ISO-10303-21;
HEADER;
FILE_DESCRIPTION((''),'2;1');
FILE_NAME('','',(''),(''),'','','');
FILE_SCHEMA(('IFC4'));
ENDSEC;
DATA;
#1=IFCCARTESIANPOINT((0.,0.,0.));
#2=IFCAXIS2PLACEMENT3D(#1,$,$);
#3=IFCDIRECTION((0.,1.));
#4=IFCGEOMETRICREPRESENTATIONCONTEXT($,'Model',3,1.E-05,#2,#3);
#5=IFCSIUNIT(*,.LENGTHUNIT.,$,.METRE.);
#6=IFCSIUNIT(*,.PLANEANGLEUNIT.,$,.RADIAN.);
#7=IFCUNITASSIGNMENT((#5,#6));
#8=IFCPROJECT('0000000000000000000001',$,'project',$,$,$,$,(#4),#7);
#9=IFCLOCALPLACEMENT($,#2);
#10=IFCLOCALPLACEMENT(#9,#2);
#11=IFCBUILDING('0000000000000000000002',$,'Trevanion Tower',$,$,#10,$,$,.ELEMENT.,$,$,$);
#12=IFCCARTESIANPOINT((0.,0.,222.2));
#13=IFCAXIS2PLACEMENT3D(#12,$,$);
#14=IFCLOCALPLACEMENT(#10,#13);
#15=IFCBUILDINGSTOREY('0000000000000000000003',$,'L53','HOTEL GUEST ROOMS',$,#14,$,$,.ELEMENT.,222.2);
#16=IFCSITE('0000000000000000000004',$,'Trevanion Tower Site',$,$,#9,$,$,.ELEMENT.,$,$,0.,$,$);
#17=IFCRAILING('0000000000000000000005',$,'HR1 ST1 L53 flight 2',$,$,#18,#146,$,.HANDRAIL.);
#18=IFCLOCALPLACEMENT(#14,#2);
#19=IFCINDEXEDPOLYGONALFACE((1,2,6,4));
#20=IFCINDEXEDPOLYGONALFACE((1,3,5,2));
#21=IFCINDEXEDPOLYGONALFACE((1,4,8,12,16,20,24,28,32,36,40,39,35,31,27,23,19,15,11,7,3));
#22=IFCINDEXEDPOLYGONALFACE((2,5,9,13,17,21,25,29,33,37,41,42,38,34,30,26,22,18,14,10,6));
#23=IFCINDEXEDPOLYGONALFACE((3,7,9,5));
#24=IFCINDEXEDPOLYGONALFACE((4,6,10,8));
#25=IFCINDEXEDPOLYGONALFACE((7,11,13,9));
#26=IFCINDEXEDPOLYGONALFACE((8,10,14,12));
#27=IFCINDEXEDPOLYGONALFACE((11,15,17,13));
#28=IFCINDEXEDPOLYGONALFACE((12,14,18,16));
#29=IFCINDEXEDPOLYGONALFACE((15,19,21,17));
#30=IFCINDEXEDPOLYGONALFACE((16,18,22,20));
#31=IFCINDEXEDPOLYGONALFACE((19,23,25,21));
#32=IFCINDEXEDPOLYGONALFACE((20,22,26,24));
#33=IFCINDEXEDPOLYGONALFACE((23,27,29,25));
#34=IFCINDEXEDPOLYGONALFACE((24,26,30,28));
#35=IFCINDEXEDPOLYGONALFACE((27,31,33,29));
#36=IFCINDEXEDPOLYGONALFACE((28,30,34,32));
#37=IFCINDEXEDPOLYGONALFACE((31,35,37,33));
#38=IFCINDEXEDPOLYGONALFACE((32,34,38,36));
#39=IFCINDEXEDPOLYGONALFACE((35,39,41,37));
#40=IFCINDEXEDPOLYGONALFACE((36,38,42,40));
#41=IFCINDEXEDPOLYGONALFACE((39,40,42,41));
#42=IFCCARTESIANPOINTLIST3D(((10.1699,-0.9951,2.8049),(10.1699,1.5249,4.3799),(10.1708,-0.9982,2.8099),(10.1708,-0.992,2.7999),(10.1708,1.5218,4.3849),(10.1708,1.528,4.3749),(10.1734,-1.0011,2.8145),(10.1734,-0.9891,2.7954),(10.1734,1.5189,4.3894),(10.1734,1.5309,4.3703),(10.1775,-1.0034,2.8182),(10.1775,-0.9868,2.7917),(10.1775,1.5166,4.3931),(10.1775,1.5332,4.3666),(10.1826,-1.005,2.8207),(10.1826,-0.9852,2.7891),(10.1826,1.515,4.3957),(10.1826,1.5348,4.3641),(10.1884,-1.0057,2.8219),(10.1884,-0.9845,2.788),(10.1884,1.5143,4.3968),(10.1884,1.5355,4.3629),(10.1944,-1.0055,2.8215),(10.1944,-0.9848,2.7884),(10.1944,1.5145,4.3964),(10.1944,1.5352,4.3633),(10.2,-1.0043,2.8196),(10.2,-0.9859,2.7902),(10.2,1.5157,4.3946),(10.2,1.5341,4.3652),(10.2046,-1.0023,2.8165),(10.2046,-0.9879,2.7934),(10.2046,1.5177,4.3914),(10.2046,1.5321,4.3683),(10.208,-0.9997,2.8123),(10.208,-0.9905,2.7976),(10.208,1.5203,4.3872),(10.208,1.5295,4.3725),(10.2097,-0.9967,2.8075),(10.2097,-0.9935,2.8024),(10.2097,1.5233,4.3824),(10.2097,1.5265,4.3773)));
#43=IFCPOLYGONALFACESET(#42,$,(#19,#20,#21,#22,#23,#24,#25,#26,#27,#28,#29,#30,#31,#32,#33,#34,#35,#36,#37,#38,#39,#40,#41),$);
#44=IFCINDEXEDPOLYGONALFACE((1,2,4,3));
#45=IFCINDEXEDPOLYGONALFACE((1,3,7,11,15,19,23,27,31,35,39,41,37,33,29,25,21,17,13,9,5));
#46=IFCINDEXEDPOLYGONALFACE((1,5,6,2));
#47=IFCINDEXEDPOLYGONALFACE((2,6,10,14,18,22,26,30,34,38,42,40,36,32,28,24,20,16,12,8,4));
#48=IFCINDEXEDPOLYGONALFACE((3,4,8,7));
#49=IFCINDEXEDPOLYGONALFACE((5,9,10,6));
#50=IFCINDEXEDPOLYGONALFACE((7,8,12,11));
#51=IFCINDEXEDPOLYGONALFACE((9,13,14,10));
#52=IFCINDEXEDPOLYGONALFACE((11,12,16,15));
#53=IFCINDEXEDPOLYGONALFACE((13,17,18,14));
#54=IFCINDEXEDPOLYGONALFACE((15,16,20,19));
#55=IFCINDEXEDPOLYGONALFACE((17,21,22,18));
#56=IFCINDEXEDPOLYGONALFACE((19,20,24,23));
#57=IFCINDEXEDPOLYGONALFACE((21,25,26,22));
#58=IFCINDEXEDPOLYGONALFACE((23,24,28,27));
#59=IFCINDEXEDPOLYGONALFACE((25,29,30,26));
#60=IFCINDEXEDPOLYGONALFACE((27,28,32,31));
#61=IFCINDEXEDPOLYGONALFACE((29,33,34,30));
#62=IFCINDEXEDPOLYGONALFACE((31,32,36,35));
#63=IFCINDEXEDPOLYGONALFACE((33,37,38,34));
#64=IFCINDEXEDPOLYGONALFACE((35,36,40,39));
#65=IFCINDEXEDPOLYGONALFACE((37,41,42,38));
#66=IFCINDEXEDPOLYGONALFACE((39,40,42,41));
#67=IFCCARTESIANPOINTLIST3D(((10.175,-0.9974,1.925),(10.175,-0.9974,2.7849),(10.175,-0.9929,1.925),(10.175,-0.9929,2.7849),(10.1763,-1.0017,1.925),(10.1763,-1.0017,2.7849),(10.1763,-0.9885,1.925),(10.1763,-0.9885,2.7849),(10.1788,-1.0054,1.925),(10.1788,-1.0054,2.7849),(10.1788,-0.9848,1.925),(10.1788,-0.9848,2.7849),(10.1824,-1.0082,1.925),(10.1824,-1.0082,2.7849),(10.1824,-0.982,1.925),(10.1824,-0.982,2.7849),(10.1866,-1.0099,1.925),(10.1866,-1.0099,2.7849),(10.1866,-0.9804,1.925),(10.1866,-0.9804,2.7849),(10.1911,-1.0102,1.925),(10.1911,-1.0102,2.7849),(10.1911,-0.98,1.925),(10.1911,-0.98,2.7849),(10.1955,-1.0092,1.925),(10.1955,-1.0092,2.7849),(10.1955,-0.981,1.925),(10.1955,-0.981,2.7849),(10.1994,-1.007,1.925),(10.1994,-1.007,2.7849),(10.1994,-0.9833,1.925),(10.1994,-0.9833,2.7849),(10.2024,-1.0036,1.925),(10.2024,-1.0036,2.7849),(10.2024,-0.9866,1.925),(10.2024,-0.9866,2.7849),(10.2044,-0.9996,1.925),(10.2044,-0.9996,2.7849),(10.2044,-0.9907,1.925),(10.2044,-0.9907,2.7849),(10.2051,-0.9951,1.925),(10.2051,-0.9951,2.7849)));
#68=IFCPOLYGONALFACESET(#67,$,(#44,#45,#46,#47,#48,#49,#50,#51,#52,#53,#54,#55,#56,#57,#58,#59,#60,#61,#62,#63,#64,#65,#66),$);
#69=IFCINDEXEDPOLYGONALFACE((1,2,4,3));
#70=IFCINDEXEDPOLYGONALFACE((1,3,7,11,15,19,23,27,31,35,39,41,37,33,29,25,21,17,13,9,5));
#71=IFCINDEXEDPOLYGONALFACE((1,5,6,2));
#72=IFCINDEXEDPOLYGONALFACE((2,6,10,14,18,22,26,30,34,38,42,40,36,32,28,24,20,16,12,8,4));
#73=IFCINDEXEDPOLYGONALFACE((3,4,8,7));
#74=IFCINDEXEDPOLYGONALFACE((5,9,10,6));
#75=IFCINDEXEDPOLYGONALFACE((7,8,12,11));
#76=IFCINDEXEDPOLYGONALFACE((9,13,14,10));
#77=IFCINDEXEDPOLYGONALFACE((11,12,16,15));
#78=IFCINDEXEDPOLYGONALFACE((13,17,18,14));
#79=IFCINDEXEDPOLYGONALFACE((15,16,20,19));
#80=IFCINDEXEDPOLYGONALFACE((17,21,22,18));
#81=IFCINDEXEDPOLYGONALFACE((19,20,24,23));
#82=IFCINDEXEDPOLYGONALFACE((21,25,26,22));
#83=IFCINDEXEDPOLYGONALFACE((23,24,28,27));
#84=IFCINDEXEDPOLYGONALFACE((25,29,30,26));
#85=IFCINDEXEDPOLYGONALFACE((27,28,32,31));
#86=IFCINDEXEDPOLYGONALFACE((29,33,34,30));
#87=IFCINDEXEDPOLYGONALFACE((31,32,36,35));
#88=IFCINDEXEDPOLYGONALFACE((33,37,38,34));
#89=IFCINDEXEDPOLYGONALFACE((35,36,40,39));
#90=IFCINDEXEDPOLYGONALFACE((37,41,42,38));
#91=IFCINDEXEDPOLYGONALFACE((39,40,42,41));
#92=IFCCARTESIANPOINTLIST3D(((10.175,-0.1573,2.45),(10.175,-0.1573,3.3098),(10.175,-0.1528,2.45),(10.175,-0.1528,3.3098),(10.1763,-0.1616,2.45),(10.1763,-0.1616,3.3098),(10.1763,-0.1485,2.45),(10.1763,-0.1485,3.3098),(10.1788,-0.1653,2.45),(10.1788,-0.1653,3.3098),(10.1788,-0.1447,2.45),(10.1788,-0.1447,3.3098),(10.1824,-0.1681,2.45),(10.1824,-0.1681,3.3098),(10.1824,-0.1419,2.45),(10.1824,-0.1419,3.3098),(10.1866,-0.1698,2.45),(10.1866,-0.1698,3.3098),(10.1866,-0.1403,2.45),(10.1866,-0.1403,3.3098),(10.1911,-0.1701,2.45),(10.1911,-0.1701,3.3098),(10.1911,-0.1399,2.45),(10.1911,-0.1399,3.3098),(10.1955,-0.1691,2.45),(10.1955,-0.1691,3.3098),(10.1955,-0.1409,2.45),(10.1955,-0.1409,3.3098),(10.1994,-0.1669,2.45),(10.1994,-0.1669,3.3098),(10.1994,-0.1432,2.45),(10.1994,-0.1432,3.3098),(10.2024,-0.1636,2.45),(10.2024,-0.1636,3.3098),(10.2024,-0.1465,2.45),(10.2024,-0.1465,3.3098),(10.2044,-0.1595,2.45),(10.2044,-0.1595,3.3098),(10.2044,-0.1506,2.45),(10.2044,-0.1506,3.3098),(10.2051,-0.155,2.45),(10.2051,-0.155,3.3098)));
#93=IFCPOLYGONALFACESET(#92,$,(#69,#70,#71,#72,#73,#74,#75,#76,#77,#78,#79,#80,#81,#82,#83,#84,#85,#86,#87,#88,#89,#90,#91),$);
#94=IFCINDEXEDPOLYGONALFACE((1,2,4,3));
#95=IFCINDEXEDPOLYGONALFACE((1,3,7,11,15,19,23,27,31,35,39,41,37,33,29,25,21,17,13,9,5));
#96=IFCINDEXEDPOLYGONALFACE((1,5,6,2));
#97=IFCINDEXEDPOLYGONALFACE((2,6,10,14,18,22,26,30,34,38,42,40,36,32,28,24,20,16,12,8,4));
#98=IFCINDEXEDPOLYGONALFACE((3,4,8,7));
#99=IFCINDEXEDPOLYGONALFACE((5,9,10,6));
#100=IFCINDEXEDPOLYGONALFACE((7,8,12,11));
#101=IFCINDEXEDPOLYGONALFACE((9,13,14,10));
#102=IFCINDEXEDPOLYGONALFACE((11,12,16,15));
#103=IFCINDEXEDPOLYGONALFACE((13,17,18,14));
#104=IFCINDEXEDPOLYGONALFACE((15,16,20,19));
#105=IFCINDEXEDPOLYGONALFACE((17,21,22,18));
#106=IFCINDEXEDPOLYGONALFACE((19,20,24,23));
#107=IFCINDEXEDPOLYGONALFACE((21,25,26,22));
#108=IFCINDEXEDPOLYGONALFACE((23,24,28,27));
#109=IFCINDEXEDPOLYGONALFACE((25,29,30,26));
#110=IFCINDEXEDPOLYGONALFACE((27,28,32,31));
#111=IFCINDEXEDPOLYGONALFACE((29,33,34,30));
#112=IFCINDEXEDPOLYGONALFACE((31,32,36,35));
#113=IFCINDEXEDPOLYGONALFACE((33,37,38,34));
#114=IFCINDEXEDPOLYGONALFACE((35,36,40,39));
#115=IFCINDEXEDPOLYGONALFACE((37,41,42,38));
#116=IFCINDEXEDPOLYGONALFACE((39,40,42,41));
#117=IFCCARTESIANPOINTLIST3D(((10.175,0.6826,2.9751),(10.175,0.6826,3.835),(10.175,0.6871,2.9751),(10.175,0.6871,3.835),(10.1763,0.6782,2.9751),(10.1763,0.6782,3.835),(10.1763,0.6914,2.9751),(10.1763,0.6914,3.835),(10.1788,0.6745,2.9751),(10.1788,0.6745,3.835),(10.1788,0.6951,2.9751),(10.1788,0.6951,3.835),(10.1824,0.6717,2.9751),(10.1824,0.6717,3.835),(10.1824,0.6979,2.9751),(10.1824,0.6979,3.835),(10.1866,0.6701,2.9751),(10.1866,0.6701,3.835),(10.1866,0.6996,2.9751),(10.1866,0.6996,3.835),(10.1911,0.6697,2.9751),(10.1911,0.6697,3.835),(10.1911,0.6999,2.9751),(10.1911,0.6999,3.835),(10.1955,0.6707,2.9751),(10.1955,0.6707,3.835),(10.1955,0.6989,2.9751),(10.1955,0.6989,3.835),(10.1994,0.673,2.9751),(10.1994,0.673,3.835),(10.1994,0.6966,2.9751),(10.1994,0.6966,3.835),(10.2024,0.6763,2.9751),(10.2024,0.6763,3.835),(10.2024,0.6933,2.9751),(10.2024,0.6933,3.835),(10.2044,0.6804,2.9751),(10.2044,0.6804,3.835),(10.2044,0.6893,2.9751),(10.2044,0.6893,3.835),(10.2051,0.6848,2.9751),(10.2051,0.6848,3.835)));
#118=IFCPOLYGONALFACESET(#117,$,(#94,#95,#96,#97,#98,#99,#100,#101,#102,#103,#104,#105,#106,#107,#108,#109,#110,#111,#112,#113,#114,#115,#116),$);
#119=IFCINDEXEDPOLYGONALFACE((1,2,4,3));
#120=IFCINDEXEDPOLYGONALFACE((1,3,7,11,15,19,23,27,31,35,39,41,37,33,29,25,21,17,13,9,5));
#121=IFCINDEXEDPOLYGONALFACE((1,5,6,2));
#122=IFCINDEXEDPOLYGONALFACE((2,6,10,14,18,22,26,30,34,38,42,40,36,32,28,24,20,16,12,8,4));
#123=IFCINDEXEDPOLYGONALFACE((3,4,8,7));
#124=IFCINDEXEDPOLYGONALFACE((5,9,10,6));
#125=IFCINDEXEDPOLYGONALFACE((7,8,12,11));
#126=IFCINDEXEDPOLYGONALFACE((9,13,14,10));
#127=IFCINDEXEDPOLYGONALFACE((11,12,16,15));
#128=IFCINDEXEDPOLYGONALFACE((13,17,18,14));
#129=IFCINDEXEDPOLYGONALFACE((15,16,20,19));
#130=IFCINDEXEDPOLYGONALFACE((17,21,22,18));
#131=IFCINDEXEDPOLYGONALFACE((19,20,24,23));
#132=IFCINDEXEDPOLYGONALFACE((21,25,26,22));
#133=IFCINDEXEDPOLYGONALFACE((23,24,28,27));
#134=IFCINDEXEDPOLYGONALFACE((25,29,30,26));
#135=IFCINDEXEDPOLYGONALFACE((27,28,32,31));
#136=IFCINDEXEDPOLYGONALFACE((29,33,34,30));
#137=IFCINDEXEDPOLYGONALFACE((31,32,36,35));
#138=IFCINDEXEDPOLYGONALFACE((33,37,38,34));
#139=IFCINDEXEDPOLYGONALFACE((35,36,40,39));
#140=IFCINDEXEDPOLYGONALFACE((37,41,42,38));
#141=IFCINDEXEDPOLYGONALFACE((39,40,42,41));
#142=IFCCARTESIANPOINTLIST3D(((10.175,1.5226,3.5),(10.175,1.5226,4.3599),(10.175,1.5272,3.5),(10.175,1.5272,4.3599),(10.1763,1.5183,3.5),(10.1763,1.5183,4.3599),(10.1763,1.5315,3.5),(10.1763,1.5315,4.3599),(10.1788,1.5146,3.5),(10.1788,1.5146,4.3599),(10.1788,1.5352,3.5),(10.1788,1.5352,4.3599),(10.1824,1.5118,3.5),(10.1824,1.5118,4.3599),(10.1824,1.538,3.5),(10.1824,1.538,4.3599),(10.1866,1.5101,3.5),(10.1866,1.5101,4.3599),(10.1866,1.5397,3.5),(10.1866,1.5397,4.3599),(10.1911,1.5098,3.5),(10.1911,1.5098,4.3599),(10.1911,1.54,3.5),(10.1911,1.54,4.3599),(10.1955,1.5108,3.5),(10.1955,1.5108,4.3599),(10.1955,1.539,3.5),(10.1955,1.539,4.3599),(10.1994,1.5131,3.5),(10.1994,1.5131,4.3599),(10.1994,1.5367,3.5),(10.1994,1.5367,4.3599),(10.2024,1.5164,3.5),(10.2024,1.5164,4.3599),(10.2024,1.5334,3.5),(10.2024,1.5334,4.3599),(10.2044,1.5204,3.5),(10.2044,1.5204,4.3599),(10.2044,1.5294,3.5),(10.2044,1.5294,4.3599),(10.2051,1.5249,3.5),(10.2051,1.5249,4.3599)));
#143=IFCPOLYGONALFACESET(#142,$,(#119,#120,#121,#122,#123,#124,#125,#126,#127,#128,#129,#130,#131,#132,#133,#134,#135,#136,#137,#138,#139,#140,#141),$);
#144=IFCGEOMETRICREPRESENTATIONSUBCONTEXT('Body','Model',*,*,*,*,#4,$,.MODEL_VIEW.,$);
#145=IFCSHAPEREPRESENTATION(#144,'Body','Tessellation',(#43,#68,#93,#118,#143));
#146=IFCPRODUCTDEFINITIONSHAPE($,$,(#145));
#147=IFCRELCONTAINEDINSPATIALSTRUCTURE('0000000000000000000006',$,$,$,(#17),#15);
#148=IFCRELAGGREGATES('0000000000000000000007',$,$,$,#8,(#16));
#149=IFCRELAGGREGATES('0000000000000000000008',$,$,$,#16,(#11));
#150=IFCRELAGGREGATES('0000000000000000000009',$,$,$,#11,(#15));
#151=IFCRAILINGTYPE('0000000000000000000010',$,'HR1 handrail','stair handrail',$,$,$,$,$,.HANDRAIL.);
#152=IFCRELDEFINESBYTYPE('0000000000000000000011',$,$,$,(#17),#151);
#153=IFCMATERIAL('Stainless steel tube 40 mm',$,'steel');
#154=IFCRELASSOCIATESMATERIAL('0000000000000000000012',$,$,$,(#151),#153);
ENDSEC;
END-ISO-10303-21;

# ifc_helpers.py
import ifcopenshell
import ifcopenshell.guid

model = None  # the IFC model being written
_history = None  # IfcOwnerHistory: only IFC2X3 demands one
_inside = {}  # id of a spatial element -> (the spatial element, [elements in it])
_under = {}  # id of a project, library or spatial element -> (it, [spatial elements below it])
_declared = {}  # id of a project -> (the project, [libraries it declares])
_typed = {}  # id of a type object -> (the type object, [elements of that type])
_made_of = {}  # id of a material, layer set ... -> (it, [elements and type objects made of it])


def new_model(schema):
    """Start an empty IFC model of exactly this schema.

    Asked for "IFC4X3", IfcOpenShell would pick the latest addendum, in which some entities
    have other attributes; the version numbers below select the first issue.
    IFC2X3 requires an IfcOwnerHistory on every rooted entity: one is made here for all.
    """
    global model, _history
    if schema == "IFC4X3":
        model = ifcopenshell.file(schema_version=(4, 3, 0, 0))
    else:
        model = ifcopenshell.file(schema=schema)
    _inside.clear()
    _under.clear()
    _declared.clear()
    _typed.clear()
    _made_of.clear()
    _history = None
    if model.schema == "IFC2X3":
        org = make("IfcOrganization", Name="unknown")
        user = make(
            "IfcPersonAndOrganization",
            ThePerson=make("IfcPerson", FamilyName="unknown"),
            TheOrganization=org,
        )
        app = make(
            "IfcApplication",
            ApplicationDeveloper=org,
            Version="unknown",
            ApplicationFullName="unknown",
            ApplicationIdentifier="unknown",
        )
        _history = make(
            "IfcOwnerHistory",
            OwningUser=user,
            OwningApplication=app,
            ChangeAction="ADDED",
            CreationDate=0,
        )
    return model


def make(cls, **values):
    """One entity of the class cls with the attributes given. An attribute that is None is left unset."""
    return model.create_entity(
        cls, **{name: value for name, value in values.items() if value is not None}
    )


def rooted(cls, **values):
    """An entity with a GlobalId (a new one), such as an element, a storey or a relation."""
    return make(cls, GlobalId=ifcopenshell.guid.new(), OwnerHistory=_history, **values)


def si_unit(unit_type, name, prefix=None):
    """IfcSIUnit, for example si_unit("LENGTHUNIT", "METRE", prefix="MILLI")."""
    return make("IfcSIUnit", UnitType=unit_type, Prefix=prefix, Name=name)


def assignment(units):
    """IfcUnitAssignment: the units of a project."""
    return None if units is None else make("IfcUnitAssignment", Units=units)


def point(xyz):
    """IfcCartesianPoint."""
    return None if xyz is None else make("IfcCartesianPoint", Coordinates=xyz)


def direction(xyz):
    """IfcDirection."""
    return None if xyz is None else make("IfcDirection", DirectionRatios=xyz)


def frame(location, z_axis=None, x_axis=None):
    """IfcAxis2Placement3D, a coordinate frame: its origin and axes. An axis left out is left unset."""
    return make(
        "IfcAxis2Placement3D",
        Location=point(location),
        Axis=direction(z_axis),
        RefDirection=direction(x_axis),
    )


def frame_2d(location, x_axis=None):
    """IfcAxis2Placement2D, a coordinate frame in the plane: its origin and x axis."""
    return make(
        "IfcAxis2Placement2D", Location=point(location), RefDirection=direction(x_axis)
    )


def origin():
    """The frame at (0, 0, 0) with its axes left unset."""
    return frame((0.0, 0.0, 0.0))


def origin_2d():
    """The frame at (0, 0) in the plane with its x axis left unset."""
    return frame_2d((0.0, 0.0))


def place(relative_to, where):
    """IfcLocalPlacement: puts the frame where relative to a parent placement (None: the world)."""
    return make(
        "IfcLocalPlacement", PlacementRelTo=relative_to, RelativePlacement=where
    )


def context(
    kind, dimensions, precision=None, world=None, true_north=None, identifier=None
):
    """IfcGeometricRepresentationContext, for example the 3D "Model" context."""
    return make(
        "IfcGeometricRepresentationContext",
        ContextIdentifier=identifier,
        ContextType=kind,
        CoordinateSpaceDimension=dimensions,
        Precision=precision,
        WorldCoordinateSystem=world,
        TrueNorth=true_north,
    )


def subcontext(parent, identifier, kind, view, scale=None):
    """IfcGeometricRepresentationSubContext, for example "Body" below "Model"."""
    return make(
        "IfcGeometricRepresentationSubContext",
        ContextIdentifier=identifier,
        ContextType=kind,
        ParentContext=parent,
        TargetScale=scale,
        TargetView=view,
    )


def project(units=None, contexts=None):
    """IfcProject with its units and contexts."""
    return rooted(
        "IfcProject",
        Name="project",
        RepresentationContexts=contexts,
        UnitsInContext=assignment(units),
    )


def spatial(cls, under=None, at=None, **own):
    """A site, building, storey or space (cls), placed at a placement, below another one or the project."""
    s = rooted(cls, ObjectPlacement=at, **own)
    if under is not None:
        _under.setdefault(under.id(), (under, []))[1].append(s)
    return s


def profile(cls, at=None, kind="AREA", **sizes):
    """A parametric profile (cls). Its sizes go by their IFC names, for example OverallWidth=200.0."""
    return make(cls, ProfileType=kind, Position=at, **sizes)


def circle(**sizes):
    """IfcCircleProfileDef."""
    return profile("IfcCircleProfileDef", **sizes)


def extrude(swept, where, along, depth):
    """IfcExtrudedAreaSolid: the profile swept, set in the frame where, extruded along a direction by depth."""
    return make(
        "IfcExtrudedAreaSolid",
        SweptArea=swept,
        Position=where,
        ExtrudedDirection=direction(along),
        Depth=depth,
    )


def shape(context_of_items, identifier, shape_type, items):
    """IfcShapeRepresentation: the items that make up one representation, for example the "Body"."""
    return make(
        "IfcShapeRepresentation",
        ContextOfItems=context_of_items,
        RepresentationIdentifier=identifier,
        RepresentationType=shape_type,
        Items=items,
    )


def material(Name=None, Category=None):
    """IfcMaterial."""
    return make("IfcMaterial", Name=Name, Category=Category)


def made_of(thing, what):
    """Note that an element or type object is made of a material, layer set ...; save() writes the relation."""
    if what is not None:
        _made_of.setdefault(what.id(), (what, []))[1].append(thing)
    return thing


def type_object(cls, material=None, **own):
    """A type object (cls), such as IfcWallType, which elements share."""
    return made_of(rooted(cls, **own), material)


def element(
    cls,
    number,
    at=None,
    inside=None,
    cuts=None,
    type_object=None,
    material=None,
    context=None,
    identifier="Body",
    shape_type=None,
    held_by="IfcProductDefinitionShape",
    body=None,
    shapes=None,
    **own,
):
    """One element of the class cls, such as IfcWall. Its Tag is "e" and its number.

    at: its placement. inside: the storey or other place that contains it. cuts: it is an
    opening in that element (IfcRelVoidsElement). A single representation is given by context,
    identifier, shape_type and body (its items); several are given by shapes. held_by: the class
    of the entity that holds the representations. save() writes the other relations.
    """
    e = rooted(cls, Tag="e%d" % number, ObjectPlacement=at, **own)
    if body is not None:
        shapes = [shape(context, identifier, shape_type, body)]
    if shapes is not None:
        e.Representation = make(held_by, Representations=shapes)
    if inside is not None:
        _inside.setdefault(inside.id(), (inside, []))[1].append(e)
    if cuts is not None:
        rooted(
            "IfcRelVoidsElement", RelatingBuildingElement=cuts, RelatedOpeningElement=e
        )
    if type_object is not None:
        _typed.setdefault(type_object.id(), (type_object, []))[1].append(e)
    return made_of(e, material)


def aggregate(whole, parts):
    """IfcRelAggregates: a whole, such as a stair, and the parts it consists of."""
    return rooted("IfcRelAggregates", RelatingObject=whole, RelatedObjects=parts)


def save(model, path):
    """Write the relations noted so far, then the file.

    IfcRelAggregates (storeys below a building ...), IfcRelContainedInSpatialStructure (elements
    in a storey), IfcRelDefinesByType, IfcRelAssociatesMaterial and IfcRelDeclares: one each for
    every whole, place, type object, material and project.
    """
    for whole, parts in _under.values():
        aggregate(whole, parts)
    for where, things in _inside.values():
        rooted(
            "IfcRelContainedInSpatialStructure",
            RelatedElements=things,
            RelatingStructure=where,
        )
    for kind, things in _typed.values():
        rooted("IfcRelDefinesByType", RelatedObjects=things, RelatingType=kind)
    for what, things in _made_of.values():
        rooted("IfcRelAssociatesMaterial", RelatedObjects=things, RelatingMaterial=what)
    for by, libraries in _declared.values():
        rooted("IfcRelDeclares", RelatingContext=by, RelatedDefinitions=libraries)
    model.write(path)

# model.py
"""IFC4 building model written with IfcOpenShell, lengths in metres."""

from ifc_helpers import new_model, si_unit, direction, frame, origin, origin_2d, place, context, subcontext, project, spatial, circle, extrude, material, type_object, element, save


model = new_model("IFC4")

# Units and contexts
model_context = context("Model", 3, precision=1e-05, world=origin(), true_north=direction((0.0, 1.0)))
body_context = subcontext(model_context, "Body", "Model", "MODEL_VIEW")
ifc_project = project(units=[si_unit("LENGTHUNIT", "METRE"), si_unit("PLANEANGLEUNIT", "RADIAN")], contexts=[model_context])

# Site, building, storey
site_placement = place(None, origin())
site = spatial("IfcSite", under=ifc_project, at=site_placement, Name="Trevanion Tower Site", CompositionType="ELEMENT", RefElevation=0.0)
building_placement = place(site_placement, origin())
building = spatial("IfcBuilding", under=site, at=building_placement, Name="Trevanion Tower", CompositionType="ELEMENT")
storey_placement = place(building_placement, frame((0.0, 0.0, 222.2)))
storey = spatial("IfcBuildingStorey", under=building, at=storey_placement, Name="L53", Description="HOTEL GUEST ROOMS", CompositionType="ELEMENT", Elevation=222.2)

# Railing
ifc_material_1 = material(Name="Stainless steel tube 40 mm", Category="steel")
railing_type = type_object("IfcRailingType", Name="HR1 handrail", Description="stair handrail", PredefinedType="HANDRAIL", material=ifc_material_1)
for number, where, name in (
    (1, (10.1899, -0.9951, 1.925), "HR1 ST1 L53 flight 2"),
):
    element("IfcRailing", number, at=place(storey_placement, frame(where)), inside=storey, type_object=railing_type, Name=name, PredefinedType="HANDRAIL", context=body_context, shape_type="SweptSolid", body=[
        extrude(circle(Radius=0.02, at=origin_2d()), frame((0.0, 0.0, 0.8799), z_axis=(0.0, 0.848008, 0.529984), x_axis=(-1.0, 0.0, 0.0)), (0.0, 0.0, 1.0), 2.9717),
        extrude(circle(Radius=0.0151, at=origin_2d()), origin(), (0.0, 0.0, 1.0), 0.8599),
        extrude(circle(Radius=0.0151, at=origin_2d()), frame((0.0, 0.8401, 0.5249)), (0.0, 0.0, 1.0), 0.8599),
        extrude(circle(Radius=0.0151, at=origin_2d()), frame((0.0, 1.6799, 1.05)), (0.0, 0.0, 1.0), 0.8599),
        extrude(circle(Radius=0.0151, at=origin_2d()), frame((0.0, 2.52, 1.575)), (0.0, 0.0, 1.0), 0.8599),
    ])

save(model, "model.ifc")
